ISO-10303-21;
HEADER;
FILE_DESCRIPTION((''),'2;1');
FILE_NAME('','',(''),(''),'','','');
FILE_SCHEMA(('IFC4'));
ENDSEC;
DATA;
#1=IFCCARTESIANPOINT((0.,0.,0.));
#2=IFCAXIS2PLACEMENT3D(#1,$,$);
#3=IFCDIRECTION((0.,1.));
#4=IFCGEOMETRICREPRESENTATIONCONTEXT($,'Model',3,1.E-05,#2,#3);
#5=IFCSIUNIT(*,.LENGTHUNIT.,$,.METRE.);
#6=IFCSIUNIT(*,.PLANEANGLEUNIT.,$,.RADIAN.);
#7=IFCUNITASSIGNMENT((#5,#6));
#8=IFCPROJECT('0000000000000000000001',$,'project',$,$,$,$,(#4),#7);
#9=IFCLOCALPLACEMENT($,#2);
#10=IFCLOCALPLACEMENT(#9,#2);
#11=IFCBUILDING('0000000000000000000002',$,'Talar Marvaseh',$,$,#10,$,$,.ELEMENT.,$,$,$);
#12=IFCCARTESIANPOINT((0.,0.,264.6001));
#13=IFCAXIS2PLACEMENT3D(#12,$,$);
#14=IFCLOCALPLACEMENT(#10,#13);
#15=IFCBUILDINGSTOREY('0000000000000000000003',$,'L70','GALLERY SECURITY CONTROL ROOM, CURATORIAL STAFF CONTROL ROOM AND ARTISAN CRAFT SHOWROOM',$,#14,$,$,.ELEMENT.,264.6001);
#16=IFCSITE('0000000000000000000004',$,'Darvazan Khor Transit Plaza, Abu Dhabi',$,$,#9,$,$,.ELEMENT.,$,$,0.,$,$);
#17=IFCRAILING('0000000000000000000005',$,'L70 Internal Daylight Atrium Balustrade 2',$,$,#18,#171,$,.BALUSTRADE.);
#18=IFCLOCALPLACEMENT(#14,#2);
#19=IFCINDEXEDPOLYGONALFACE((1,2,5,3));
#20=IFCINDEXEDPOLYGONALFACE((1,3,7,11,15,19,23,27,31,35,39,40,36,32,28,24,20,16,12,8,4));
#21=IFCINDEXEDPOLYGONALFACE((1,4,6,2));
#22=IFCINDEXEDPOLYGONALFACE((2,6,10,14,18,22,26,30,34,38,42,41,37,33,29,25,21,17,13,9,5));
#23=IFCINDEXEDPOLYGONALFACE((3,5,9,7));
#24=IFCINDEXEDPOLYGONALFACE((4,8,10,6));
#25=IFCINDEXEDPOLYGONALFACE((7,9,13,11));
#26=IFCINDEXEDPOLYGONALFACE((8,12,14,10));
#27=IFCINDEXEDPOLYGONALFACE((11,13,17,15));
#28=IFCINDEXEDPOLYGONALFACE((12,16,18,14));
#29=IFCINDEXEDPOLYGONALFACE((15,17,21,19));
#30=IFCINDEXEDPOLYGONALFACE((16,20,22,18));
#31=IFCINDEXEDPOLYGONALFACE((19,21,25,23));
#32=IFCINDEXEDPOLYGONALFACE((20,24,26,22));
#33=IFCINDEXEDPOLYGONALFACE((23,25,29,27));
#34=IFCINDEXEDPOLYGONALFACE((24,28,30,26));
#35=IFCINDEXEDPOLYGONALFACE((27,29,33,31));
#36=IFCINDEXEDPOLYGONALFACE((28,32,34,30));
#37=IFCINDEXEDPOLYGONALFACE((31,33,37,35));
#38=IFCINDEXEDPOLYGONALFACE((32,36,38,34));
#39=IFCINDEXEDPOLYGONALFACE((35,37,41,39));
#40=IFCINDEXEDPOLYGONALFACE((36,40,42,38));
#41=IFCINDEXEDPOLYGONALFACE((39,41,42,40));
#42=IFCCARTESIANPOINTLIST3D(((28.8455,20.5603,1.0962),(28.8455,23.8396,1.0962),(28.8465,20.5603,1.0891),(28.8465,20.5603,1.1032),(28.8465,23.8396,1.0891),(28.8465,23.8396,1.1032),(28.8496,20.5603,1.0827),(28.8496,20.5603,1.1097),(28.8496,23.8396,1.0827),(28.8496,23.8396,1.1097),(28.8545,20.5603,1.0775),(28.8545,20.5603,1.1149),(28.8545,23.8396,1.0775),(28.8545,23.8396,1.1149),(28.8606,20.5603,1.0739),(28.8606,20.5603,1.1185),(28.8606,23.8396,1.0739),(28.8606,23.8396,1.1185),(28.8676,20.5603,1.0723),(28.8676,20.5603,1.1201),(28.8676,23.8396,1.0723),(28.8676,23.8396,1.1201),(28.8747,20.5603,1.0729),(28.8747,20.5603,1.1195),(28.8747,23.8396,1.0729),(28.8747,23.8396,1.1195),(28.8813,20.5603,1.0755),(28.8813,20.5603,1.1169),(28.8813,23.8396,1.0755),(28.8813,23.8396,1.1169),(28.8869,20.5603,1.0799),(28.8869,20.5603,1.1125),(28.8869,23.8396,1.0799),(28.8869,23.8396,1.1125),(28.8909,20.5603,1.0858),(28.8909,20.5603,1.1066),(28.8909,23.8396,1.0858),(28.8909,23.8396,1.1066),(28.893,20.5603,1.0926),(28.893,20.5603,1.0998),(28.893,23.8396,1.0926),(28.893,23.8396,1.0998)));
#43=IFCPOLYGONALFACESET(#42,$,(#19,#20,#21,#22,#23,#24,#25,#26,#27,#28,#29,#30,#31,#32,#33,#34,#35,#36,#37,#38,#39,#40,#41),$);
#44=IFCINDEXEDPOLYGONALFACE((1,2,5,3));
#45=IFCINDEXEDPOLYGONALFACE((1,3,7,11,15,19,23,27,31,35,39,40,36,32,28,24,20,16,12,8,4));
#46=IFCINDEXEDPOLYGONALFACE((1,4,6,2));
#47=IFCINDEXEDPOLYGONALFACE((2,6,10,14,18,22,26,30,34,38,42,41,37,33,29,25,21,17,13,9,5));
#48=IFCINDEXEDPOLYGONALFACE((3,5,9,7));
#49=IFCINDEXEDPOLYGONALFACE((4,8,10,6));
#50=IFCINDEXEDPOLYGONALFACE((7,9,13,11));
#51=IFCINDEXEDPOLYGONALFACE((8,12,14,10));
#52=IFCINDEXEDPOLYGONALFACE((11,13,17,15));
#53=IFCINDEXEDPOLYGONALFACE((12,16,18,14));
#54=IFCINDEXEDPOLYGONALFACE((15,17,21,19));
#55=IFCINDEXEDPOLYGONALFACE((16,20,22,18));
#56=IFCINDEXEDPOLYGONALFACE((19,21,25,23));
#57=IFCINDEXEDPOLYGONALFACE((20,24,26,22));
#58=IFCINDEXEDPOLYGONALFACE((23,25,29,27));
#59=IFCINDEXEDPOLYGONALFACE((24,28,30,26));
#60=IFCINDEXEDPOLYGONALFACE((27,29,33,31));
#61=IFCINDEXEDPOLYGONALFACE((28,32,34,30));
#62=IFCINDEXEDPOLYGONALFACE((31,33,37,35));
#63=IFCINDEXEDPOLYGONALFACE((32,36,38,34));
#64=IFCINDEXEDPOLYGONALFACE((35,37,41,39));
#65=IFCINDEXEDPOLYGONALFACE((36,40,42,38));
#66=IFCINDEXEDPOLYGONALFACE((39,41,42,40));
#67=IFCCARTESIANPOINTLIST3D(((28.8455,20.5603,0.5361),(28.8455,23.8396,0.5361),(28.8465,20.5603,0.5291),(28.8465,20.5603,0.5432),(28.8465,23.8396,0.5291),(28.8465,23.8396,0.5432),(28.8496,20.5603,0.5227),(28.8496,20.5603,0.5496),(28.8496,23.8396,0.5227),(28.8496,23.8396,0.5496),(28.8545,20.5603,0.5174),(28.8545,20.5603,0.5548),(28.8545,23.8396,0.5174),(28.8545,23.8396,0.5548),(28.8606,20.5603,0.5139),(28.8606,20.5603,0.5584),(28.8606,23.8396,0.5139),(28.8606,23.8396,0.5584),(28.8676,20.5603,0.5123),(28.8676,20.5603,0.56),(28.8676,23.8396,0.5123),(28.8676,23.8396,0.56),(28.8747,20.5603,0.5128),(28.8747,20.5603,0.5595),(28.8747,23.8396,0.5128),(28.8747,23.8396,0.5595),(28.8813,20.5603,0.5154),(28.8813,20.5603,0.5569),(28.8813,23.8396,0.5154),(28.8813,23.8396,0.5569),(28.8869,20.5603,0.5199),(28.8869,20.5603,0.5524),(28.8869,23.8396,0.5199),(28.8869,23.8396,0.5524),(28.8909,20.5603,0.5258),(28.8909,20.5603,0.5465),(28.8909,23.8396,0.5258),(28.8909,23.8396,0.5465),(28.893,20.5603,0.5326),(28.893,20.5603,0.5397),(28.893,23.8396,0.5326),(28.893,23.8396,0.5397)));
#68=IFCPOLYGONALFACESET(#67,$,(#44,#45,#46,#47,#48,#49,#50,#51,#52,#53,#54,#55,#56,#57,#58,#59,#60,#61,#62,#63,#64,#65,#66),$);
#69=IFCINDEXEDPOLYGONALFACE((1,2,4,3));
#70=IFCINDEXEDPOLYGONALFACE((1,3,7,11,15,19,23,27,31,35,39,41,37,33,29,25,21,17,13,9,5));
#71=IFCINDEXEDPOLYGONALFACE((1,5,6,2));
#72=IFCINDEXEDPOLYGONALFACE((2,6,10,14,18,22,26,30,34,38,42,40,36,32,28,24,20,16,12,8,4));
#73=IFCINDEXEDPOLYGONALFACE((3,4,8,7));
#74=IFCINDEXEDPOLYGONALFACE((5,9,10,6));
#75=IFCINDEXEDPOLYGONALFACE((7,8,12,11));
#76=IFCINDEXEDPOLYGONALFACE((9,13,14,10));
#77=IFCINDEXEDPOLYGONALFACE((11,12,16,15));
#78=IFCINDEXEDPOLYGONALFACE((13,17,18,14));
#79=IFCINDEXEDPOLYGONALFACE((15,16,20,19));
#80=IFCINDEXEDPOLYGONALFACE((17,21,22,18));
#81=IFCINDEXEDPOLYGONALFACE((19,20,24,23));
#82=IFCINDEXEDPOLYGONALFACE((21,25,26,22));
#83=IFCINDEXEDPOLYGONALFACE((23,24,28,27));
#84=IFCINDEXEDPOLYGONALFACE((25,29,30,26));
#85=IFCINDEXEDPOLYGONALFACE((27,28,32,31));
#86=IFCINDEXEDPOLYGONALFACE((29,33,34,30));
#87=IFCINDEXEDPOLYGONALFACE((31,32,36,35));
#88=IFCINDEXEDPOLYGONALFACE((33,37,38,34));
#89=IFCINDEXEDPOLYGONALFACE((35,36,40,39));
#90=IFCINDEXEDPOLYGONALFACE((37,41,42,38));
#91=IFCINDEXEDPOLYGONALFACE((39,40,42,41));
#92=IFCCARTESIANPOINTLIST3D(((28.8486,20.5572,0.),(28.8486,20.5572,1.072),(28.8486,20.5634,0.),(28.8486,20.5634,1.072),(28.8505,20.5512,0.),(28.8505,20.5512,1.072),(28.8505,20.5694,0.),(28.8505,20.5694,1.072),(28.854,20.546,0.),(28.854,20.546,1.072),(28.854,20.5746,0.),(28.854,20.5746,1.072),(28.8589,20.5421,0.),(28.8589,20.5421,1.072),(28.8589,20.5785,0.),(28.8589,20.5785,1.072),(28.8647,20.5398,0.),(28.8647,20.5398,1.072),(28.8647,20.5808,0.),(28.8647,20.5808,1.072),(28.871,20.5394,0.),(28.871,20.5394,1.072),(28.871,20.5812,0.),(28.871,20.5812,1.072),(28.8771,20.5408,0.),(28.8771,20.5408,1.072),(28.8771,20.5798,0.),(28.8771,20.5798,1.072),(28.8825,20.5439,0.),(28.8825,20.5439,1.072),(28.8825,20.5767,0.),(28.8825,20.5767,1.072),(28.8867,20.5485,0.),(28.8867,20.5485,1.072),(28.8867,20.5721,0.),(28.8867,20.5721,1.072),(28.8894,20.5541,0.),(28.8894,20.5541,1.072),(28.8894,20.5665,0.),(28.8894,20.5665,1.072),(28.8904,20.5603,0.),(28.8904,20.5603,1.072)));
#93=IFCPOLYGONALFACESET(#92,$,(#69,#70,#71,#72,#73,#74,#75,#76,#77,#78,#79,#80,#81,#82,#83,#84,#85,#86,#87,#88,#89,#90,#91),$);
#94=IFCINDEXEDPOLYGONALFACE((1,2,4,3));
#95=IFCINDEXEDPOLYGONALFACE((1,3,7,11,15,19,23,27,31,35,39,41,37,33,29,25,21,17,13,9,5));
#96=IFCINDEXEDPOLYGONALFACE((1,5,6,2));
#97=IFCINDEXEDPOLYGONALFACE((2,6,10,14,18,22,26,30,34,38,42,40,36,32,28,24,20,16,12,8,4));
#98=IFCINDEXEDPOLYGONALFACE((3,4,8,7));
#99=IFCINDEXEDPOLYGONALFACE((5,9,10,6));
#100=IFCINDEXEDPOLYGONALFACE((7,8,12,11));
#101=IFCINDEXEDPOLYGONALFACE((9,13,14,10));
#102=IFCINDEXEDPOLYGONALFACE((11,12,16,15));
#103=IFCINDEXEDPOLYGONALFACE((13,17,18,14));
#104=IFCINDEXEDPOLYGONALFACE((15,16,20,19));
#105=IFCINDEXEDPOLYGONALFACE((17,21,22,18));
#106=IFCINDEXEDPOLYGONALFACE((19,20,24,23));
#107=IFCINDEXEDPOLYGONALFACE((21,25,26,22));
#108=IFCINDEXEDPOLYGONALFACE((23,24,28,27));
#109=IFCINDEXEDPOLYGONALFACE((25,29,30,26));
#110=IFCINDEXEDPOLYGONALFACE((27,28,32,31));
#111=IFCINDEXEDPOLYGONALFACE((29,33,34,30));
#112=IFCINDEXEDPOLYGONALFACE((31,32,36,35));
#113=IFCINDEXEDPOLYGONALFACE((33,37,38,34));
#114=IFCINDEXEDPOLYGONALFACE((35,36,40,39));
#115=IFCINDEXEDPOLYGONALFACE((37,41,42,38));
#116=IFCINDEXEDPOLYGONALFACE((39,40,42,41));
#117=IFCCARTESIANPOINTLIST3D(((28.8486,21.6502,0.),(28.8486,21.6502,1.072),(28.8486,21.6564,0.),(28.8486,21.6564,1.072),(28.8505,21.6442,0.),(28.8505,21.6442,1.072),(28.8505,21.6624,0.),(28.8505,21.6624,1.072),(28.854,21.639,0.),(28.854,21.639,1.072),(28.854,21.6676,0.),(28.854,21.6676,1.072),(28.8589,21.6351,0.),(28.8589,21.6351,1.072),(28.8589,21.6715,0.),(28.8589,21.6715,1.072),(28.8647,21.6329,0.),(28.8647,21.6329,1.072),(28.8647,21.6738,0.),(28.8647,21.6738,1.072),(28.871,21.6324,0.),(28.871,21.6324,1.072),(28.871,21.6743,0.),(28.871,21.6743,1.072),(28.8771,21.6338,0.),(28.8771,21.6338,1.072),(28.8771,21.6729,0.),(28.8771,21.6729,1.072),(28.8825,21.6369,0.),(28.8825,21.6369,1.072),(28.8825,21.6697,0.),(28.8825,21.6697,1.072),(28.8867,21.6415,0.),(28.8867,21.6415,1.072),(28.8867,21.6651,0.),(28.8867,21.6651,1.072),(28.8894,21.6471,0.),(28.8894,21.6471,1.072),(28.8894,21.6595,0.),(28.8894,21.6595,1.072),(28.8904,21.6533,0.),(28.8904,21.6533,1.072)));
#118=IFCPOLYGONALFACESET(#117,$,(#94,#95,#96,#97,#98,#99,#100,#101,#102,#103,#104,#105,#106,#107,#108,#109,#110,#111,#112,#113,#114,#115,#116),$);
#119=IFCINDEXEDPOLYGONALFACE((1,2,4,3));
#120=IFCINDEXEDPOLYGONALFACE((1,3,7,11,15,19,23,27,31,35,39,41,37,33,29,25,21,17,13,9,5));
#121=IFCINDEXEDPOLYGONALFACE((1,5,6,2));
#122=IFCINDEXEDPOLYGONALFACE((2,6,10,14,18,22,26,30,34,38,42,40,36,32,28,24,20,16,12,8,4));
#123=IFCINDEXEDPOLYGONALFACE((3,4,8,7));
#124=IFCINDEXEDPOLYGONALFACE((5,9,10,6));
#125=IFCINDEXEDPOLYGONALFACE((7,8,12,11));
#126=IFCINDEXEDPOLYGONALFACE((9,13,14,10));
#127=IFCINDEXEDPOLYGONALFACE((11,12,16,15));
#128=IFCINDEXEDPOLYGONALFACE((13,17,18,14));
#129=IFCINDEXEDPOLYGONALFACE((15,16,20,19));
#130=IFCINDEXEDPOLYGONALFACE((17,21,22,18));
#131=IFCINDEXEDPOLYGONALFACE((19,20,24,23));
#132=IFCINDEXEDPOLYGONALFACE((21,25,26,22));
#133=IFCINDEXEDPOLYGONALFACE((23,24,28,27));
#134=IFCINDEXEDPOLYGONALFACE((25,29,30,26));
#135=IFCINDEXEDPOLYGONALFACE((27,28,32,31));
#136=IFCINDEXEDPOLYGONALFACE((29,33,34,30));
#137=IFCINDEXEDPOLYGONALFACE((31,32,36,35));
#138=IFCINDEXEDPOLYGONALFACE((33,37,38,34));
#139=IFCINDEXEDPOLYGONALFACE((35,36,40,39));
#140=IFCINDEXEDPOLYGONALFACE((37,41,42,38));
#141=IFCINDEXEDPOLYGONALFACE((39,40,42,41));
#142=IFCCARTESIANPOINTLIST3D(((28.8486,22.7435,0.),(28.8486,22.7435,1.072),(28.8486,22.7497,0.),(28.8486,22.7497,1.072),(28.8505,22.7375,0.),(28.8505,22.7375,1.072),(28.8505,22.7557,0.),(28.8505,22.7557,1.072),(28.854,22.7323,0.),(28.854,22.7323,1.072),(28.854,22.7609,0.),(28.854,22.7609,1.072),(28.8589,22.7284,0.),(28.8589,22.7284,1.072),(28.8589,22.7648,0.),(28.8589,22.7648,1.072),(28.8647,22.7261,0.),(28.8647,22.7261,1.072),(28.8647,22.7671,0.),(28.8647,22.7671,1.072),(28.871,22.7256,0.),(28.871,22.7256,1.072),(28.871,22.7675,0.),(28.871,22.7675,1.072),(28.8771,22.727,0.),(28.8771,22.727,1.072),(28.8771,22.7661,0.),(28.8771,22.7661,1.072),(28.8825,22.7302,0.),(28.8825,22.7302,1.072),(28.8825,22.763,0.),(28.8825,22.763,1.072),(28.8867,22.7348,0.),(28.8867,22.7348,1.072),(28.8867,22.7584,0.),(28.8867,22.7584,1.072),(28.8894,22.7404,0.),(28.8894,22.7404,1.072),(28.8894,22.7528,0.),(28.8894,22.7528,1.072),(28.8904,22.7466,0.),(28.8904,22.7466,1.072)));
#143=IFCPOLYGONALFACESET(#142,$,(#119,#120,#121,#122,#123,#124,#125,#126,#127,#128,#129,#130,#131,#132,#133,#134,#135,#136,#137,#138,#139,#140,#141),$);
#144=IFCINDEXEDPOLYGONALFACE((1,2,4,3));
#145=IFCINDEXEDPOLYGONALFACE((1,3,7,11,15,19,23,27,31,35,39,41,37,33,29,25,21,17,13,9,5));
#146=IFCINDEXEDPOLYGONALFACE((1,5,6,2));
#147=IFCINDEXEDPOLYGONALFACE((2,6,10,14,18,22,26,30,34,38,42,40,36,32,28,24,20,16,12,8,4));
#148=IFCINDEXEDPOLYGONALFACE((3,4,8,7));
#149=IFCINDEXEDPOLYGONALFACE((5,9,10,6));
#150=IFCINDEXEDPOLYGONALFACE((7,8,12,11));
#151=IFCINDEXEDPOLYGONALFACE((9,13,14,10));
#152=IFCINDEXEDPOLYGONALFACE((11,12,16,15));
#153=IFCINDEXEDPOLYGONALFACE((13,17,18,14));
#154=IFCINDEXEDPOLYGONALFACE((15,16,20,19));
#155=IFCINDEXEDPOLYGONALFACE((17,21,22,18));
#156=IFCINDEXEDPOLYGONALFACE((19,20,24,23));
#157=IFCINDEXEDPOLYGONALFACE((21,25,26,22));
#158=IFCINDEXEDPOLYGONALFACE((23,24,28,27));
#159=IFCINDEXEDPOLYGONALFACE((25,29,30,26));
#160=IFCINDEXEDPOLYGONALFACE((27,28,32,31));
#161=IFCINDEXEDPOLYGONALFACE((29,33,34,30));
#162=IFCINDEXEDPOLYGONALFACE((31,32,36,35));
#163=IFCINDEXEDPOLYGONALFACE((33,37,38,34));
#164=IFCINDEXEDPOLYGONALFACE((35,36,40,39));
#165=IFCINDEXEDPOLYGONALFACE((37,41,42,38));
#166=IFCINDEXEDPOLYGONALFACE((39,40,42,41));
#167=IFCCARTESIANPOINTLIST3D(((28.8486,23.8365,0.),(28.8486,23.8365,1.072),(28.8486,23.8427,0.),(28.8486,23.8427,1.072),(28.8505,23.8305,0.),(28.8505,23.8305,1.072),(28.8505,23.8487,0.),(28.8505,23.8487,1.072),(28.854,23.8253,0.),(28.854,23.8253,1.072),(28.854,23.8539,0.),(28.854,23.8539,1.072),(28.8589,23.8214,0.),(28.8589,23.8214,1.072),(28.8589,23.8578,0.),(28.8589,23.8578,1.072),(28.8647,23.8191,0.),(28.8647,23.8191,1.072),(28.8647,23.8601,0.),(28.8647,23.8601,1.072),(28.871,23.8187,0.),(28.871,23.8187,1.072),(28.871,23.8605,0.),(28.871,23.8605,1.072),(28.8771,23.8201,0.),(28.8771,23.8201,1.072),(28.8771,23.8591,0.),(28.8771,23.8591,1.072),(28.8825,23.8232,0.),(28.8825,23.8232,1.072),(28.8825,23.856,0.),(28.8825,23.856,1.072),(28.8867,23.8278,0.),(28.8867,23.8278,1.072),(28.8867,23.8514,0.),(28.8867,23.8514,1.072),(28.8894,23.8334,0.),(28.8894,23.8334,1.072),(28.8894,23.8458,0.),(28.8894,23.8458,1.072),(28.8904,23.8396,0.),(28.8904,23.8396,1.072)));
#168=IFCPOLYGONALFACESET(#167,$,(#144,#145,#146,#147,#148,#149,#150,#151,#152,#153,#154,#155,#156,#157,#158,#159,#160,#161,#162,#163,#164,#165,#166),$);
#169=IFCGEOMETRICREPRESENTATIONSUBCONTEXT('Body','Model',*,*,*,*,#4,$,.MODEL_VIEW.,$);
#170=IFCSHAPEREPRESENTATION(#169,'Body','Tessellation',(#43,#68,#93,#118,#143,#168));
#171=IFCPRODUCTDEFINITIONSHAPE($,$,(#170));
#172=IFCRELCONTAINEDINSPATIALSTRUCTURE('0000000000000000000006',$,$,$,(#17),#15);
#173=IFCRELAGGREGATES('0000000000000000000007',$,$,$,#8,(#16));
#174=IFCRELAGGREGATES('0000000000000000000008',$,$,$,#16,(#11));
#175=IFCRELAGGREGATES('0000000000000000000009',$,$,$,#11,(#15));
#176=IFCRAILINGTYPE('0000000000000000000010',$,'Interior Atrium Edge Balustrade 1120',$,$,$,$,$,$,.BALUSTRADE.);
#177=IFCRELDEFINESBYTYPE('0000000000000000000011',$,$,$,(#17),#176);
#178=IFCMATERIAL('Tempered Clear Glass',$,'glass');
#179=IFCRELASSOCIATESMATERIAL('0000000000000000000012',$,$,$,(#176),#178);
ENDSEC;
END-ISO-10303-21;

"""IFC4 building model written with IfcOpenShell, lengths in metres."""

from ifc_helpers import new_model, si_unit, direction, frame, origin, origin_2d, place, context, subcontext, project, spatial, circle, extrude, material, type_object, element, save


model = new_model("IFC4")

# Units and contexts
model_context = context("Model", 3, precision=1e-05, world=origin(), true_north=direction((0.0, 1.0)))
body_context = subcontext(model_context, "Body", "Model", "MODEL_VIEW")
ifc_project = project(units=[si_unit("LENGTHUNIT", "METRE"), si_unit("PLANEANGLEUNIT", "RADIAN")], contexts=[model_context])

# Site, building, storey
site_placement = place(None, origin())
site = spatial("IfcSite", under=ifc_project, at=site_placement, Name="Darvazan Khor Transit Plaza, Abu Dhabi", CompositionType="ELEMENT", RefElevation=0.0)
building_placement = place(site_placement, origin())
building = spatial("IfcBuilding", under=site, at=building_placement, Name="Talar Marvaseh", CompositionType="ELEMENT")
storey_placement = place(building_placement, frame((0.0, 0.0, 264.6001)))
storey = spatial("IfcBuildingStorey", under=building, at=storey_placement, Name="L70", Description="GALLERY SECURITY CONTROL ROOM, CURATORIAL STAFF CONTROL ROOM AND ARTISAN CRAFT SHOWROOM", CompositionType="ELEMENT", Elevation=264.6001)

# Railing
ifc_material_1 = material(Name="Tempered Clear Glass", Category="glass")
railing_type = type_object("IfcRailingType", Name="Interior Atrium Edge Balustrade 1120", PredefinedType="BALUSTRADE", material=ifc_material_1)
railing_1_placement = place(storey_placement, frame((28.8694, 20.5603, 0.0)))
element("IfcRailing", 1, at=railing_1_placement, inside=storey, type_object=railing_type, Name="L70 Internal Daylight Atrium Balustrade 2", PredefinedType="BALUSTRADE", context=body_context, shape_type="SweptSolid", body=[
    extrude(circle(Radius=0.0239, at=origin_2d()), frame((0.0, 0.0, 1.0962), z_axis=(0.0, 1.0, 0.0), x_axis=(-1.0, 0.0, 0.0)), (0.0, 0.0, 1.0), 3.2793),
    extrude(circle(Radius=0.0239, at=origin_2d()), frame((0.0, 0.0, 0.5361), z_axis=(0.0, 1.0, 0.0), x_axis=(-1.0, 0.0, 0.0)), (0.0, 0.0, 1.0), 3.2793),
    extrude(circle(Radius=0.021, at=origin_2d()), origin(), (0.0, 0.0, 1.0), 1.072),
    extrude(circle(Radius=0.021, at=origin_2d()), frame((0.0, 1.093, 0.0)), (0.0, 0.0, 1.0), 1.072),
    extrude(circle(Radius=0.021, at=origin_2d()), frame((0.0, 2.1863, 0.0)), (0.0, 0.0, 1.0), 1.072),
    extrude(circle(Radius=0.021, at=origin_2d()), frame((0.0, 3.2793, 0.0)), (0.0, 0.0, 1.0), 1.072),
])

save(model, "model.ifc")
